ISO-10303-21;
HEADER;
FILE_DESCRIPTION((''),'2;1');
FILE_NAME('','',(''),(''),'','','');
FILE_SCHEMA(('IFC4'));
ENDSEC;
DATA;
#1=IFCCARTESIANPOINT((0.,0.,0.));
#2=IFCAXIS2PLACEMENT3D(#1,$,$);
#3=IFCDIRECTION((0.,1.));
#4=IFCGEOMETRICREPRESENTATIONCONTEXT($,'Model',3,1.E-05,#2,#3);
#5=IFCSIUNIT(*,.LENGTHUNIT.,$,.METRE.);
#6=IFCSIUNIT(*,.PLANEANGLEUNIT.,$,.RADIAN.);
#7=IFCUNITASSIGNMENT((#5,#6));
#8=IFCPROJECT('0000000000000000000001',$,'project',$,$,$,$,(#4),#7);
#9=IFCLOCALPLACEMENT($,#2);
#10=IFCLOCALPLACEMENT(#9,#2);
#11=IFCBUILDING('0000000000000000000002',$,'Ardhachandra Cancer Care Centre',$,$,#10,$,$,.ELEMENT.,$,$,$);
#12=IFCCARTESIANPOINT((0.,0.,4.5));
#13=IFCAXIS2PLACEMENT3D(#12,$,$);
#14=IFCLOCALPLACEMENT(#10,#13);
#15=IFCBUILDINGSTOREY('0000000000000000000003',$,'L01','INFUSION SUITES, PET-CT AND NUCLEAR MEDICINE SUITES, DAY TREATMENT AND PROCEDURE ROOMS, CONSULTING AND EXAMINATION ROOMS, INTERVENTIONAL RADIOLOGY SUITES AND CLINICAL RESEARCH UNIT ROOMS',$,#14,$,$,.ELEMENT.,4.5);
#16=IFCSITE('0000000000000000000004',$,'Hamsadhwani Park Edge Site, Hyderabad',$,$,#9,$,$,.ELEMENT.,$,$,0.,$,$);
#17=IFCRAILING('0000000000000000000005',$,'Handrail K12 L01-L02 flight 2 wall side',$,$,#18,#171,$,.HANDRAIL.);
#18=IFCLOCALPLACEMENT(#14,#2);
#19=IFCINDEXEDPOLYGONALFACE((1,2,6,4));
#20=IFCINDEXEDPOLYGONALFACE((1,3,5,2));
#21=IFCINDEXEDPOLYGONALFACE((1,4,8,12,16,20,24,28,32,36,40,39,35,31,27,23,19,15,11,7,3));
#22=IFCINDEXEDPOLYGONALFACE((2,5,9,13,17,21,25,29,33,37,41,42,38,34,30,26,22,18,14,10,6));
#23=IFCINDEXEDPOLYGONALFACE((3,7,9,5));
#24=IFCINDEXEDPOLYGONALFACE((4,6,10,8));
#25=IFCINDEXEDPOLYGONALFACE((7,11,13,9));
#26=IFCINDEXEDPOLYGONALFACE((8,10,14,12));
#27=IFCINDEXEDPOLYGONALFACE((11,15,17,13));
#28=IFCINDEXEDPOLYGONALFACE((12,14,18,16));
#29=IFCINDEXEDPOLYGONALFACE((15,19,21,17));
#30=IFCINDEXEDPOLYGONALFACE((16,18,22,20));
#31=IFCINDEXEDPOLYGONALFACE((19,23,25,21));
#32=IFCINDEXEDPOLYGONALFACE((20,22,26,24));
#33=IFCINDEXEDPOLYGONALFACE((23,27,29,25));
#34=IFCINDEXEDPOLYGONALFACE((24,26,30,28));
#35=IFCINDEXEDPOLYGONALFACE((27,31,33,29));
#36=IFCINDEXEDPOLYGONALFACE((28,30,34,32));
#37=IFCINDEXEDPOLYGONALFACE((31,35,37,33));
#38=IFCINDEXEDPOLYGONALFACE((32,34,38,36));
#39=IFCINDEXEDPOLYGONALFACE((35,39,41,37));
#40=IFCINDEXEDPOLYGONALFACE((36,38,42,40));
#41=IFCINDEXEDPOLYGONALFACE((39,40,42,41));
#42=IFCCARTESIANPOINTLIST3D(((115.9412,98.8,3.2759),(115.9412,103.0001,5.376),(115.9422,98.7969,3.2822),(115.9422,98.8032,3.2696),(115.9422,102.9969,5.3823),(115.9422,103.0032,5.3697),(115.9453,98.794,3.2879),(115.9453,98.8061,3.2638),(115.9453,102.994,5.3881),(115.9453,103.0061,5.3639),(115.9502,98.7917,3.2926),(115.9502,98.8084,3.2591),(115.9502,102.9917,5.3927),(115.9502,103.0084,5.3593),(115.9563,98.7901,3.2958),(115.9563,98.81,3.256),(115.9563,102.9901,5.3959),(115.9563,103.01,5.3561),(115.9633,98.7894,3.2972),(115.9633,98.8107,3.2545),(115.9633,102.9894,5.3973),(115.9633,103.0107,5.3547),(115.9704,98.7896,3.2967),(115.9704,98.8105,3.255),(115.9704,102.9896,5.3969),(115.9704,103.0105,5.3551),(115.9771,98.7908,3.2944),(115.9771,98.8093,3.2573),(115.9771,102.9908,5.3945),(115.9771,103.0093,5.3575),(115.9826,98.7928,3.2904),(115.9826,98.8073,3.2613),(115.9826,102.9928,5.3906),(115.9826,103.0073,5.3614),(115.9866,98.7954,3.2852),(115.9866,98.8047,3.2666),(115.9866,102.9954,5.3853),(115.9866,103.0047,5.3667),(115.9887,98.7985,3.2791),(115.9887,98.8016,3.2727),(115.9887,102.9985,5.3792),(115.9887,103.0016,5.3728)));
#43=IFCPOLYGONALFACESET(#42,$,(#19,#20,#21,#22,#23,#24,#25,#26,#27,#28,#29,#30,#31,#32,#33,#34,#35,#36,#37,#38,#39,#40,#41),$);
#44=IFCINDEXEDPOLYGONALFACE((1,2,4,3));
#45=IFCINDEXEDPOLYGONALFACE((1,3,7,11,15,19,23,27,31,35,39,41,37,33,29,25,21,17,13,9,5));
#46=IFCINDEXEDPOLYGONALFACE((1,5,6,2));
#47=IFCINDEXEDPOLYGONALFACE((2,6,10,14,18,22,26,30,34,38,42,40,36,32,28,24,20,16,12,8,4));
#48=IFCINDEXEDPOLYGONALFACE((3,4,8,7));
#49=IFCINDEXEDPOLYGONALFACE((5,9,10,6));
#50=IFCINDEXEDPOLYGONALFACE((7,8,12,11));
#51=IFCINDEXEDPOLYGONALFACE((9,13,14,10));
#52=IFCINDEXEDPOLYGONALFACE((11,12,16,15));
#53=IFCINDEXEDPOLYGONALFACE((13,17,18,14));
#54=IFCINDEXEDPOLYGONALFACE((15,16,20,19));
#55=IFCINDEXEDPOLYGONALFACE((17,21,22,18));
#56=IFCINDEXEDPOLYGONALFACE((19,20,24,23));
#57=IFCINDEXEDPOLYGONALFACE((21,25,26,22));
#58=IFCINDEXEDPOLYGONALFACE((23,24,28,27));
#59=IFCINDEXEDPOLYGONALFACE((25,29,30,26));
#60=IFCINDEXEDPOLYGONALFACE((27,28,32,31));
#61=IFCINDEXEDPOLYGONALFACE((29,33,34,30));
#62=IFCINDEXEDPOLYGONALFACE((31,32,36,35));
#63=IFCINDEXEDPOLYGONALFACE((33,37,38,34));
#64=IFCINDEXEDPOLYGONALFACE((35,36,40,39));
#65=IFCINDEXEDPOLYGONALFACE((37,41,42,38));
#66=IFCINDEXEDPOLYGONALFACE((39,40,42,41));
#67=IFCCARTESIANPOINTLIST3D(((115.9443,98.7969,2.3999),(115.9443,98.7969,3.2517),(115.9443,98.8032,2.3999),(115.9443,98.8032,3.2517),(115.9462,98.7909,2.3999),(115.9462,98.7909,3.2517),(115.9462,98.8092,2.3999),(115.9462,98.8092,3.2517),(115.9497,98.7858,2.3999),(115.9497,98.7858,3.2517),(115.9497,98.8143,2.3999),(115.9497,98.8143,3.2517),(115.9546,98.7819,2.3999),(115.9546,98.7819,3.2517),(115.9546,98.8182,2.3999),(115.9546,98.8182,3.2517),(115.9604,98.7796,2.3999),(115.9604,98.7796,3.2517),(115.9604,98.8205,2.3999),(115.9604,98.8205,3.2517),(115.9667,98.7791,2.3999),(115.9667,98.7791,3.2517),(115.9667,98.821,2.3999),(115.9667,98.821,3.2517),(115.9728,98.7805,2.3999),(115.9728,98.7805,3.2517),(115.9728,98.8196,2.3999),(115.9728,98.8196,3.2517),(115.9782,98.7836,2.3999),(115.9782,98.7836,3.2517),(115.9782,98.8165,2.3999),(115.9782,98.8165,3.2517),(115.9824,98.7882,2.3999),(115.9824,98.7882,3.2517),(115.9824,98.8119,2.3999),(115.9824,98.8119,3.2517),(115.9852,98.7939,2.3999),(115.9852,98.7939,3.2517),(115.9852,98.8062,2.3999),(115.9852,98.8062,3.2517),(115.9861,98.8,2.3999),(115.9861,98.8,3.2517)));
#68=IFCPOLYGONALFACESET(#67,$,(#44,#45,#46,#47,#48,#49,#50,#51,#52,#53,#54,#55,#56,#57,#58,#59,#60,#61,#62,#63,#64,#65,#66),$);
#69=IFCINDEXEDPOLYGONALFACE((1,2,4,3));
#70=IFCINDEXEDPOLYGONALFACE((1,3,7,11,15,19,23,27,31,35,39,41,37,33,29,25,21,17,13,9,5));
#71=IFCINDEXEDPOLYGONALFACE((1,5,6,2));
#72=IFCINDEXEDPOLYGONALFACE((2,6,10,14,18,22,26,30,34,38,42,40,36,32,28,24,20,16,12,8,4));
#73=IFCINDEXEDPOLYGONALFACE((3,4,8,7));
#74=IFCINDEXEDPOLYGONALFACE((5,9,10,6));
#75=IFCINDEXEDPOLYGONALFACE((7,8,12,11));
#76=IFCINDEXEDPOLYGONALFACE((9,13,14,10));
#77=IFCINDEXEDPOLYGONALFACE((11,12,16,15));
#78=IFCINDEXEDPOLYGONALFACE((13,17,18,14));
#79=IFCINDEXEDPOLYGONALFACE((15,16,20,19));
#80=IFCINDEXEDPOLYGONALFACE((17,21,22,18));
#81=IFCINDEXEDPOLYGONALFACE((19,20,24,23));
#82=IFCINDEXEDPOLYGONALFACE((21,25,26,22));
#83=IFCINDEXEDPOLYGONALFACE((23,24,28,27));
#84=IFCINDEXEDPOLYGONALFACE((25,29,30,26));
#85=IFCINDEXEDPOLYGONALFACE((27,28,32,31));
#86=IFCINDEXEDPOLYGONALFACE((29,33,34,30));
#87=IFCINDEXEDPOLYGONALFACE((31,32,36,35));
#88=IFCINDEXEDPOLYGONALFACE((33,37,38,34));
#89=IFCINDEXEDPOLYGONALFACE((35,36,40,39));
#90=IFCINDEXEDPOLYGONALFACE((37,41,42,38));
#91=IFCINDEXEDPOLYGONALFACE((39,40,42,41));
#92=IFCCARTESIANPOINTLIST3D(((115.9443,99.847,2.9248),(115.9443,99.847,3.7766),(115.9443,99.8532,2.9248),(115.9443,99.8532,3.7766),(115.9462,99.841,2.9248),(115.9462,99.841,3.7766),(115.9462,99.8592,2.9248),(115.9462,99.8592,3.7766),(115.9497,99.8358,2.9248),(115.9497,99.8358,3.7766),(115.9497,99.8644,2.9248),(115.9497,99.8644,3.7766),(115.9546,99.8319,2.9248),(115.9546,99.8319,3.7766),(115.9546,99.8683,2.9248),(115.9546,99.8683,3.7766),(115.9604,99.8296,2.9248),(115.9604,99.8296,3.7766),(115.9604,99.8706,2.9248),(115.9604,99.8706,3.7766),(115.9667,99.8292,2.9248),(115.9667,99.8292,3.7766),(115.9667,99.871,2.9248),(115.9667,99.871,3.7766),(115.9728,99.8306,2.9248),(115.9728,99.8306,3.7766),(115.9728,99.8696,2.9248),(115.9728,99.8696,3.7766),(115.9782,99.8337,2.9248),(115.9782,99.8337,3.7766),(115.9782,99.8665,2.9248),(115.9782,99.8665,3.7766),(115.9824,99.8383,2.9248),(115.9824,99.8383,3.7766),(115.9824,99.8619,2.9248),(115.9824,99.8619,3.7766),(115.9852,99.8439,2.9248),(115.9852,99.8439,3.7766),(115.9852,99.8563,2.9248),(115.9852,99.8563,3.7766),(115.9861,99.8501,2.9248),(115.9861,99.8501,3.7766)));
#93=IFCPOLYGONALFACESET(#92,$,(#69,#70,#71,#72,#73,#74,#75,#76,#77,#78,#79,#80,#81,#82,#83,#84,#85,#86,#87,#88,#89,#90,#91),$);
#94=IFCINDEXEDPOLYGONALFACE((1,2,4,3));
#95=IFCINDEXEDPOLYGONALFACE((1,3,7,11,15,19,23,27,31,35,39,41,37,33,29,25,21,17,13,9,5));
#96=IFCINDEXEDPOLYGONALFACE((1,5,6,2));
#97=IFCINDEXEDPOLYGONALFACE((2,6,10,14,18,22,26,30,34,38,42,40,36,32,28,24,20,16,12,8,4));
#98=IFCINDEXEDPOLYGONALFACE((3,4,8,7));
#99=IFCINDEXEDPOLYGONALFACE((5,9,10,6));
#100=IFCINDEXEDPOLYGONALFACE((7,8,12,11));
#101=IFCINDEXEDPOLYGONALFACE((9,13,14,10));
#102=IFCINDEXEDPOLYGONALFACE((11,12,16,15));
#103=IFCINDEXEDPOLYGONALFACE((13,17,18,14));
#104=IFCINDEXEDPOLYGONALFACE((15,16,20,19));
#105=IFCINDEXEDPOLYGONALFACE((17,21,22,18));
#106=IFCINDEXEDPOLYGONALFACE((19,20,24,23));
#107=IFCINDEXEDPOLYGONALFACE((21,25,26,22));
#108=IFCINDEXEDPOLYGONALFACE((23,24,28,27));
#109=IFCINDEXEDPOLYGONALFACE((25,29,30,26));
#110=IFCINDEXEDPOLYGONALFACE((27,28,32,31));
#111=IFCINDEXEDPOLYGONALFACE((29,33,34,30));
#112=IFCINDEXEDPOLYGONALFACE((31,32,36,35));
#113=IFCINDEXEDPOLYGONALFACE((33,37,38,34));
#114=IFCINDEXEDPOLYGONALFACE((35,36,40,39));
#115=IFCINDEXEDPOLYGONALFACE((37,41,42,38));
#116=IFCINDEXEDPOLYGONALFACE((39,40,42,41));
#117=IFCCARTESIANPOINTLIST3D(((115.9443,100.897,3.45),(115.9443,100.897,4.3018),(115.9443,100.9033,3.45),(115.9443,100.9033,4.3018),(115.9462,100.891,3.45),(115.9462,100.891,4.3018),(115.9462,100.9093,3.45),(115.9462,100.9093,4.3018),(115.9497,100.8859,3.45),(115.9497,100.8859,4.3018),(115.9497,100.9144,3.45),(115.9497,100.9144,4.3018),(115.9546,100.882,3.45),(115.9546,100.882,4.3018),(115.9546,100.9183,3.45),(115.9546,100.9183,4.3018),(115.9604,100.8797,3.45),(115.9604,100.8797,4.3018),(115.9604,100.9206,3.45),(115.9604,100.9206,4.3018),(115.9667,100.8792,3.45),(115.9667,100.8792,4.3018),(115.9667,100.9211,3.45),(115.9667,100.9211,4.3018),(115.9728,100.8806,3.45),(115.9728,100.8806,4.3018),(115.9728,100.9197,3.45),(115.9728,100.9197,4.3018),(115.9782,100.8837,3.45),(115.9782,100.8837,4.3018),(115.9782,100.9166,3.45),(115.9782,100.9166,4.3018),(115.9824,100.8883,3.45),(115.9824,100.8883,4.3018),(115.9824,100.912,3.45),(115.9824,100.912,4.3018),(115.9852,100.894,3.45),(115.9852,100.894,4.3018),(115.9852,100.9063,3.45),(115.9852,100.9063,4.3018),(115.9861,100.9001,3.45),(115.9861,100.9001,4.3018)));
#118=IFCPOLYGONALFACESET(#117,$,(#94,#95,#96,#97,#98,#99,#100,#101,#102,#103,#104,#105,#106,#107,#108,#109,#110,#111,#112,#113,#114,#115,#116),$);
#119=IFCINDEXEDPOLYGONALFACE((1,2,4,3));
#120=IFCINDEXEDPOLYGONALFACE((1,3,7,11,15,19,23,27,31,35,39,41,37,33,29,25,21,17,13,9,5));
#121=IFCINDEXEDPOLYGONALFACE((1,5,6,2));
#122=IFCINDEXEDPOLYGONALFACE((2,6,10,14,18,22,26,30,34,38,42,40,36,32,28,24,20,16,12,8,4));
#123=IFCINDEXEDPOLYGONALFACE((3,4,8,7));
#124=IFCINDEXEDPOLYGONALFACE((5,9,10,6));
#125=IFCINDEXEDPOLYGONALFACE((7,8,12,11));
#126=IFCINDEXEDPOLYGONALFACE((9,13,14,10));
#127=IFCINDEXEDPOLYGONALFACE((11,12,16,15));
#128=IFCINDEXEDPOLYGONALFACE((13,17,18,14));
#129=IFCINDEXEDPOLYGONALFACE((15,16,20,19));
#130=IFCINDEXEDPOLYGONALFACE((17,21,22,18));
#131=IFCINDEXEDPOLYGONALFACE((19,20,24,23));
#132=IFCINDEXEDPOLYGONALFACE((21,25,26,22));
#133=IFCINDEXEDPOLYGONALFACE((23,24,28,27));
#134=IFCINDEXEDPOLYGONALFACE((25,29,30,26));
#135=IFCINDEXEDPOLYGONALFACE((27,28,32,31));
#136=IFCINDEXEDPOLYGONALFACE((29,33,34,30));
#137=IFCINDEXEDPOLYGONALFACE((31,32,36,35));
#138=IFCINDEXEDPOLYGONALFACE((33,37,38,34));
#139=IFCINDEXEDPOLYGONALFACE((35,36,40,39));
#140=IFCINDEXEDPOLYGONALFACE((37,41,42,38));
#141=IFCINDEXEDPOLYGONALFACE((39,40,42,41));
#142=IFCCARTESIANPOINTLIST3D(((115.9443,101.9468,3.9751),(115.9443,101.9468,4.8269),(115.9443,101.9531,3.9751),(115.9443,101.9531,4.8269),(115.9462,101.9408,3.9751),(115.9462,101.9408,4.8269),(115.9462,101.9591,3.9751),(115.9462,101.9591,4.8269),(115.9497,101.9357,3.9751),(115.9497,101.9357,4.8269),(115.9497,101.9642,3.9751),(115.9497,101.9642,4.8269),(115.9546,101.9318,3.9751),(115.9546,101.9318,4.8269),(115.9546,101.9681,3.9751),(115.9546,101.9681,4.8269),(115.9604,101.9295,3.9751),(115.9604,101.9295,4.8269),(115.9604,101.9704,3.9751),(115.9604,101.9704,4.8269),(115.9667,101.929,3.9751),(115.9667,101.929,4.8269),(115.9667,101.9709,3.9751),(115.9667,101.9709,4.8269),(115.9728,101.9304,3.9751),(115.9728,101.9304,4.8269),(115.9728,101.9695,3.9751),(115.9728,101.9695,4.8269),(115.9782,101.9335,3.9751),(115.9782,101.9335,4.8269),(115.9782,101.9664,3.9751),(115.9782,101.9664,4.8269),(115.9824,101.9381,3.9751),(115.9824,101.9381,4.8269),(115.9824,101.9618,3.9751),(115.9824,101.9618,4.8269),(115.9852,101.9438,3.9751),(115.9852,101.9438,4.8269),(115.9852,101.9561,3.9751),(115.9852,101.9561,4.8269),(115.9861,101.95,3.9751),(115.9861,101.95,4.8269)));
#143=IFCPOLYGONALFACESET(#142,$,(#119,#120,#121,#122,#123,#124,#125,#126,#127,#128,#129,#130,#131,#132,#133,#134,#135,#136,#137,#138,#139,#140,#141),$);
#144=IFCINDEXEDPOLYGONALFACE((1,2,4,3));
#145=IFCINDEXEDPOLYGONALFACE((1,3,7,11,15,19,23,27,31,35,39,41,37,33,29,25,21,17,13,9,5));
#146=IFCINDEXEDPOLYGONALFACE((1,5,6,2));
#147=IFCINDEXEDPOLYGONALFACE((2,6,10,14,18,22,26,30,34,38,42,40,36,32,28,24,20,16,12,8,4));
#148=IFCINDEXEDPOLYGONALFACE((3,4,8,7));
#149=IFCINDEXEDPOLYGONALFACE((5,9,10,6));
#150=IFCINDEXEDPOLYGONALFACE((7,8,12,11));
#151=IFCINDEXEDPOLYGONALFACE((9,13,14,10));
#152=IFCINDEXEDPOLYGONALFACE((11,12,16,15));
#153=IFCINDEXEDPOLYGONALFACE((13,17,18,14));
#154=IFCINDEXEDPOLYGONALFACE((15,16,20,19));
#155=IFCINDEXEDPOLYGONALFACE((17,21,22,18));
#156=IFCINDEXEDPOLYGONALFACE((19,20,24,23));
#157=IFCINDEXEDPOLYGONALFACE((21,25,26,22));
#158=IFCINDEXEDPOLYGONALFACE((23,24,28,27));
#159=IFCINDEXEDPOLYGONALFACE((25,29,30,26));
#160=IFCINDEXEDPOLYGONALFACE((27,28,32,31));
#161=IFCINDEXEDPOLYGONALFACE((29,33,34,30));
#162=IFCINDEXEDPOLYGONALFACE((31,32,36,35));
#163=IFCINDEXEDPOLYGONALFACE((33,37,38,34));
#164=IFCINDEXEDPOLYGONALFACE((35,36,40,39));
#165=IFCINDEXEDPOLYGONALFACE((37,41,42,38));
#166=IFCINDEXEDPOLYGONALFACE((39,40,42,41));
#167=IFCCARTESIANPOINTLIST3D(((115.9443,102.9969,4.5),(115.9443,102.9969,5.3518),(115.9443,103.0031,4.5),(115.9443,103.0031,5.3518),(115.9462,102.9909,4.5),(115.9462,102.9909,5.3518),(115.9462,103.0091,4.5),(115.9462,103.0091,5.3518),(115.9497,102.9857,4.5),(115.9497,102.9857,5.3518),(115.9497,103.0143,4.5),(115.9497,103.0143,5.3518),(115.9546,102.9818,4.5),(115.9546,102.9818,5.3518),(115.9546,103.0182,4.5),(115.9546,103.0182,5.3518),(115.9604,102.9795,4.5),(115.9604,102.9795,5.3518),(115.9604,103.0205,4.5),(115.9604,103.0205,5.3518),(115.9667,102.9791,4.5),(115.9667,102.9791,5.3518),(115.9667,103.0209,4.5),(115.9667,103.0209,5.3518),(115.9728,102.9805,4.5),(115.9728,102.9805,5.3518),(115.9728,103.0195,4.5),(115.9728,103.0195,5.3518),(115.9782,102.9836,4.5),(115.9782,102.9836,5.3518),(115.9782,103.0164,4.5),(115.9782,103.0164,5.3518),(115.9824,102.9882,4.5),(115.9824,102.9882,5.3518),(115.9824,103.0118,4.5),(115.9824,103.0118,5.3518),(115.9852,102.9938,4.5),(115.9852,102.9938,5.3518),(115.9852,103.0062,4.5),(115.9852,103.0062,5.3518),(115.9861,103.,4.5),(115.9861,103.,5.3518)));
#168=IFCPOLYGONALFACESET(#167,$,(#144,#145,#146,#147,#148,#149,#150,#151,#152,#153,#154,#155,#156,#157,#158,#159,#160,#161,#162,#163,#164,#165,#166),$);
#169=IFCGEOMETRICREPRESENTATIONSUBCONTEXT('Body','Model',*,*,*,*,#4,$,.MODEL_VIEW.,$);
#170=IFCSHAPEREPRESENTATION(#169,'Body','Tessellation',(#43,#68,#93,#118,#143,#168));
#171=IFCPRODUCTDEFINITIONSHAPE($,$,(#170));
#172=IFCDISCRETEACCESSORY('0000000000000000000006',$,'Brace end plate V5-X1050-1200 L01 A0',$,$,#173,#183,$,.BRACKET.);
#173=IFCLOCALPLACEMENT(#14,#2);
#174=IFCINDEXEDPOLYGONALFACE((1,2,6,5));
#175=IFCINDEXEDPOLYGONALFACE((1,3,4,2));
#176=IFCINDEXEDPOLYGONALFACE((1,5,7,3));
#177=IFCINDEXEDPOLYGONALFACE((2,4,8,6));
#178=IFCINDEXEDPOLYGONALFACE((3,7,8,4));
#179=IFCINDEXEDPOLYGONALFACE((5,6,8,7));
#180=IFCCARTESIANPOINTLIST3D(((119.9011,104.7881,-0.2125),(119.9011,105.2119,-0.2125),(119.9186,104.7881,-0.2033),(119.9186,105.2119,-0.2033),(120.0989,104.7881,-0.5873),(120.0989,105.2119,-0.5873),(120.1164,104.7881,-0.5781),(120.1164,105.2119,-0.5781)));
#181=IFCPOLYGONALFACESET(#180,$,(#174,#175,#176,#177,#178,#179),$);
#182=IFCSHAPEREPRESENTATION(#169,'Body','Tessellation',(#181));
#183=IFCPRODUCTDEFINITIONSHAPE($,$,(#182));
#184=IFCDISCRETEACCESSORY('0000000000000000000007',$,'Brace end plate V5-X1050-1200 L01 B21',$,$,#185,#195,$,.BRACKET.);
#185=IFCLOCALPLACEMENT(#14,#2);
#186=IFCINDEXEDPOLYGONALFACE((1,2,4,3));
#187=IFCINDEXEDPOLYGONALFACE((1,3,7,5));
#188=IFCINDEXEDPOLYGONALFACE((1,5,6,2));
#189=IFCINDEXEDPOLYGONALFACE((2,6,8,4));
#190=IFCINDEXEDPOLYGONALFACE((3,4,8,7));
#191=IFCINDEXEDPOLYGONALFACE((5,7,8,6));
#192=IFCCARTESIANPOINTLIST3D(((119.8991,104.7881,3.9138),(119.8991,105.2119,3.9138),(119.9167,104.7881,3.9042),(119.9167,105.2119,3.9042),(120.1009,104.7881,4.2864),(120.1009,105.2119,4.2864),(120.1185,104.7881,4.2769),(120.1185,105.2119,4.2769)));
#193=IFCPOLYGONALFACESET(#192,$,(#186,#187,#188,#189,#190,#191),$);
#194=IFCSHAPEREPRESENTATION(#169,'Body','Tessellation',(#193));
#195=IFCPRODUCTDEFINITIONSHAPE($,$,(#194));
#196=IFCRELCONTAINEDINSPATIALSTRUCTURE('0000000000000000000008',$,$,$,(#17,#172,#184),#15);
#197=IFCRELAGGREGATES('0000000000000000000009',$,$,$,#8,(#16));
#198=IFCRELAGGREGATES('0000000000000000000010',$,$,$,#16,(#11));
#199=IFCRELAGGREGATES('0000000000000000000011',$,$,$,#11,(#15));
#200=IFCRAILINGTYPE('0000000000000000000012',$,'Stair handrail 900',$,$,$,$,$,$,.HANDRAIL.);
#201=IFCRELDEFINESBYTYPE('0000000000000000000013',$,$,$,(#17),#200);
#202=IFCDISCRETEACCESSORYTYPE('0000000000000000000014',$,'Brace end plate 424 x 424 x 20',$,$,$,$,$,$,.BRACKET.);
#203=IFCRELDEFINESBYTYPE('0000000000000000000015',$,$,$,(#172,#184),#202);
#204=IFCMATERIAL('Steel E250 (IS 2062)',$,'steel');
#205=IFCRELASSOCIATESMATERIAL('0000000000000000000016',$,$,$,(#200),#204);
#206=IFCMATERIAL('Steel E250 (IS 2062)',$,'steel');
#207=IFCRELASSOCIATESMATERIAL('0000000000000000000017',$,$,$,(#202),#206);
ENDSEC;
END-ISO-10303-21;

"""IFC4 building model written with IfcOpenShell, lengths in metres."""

from ifc_helpers import new_model, si_unit, direction, frame, origin, origin_2d, place, context, subcontext, project, spatial, rectangle, circle, extrude, material, material_profile, profile_set, type_object, element, save


model = new_model("IFC4")

# Units and contexts
model_context = context("Model", 3, precision=1e-05, world=origin(), true_north=direction((0.0, 1.0)))
body_context = subcontext(model_context, "Body", "Model", "MODEL_VIEW")
ifc_project = project(units=[si_unit("LENGTHUNIT", "METRE"), si_unit("PLANEANGLEUNIT", "RADIAN")], contexts=[model_context])

# Site, building, storey
site_placement = place(None, origin())
site = spatial("IfcSite", under=ifc_project, at=site_placement, Name="Hamsadhwani Park Edge Site, Hyderabad", CompositionType="ELEMENT", RefElevation=0.0)
building_placement = place(site_placement, origin())
building = spatial("IfcBuilding", under=site, at=building_placement, Name="Ardhachandra Cancer Care Centre", CompositionType="ELEMENT")
storey_placement = place(building_placement, frame((0.0, 0.0, 4.5)))
storey = spatial("IfcBuildingStorey", under=building, at=storey_placement, Name="L01", Description="INFUSION SUITES, PET-CT AND NUCLEAR MEDICINE SUITES, DAY TREATMENT AND PROCEDURE ROOMS, CONSULTING AND EXAMINATION ROOMS, INTERVENTIONAL RADIOLOGY SUITES AND CLINICAL RESEARCH UNIT ROOMS", CompositionType="ELEMENT", Elevation=4.5)

# Railing
ifc_material_1 = material(Name="Steel E250 (IS 2062)", Category="steel")
railing_type_1 = type_object("IfcRailingType", Name="Stair handrail 900", PredefinedType="HANDRAIL", material=ifc_material_1)
railing_1_placement = place(storey_placement, frame((115.9651, 98.8, 2.3999)))
element("IfcRailing", 1, at=railing_1_placement, inside=storey, type_object=railing_type_1, Name="Handrail K12 L01-L02 flight 2 wall side", PredefinedType="HANDRAIL", context=body_context, shape_type="SweptSolid", body=[
    extrude(circle(Radius=0.0239, at=origin_2d()), frame((0.0, 0.0, 0.876), z_axis=(0.0, 0.894417, 0.447234), x_axis=(-1.0, 0.0, 0.0)), (0.0, 0.0, 1.0), 4.6958),
    extrude(circle(Radius=0.021, at=origin_2d()), origin(), (0.0, 0.0, 1.0), 0.8518),
    extrude(circle(Radius=0.021, at=origin_2d()), frame((0.0, 1.05, 0.5249)), (0.0, 0.0, 1.0), 0.8518),
    extrude(circle(Radius=0.021, at=origin_2d()), frame((0.0, 2.1001, 1.05)), (0.0, 0.0, 1.0), 0.8518),
    extrude(circle(Radius=0.021, at=origin_2d()), frame((0.0, 3.1499, 1.5752)), (0.0, 0.0, 1.0), 0.8518),
    extrude(circle(Radius=0.021, at=origin_2d()), frame((0.0, 4.2, 2.1001)), (0.0, 0.0, 1.0), 0.8518),
])

# Discrete accessories
ifc_material_2 = material(Name="Steel E250 (IS 2062)", Category="steel")
ifc_material_profile_1 = material_profile(ifc_material_2, rectangle(XDim=0.4238, YDim=0.4238, at=origin_2d()), Name="PL 424x424x20")
ifc_profile_set_1 = profile_set([ifc_material_profile_1], Name="Steel E250 (IS 2062)")
discrete_accessory_type = type_object("IfcDiscreteAccessoryType", Name="Brace end plate 424 x 424 x 20", PredefinedType="BRACKET", material=ifc_profile_set_1)
discrete_accessory_1_placement = place(storey_placement, frame((120.0, 105.0, -0.3999), z_axis=(0.884385, 0.0, 0.466759), x_axis=(0.0, 1.0, 0.0)))
element("IfcDiscreteAccessory", 2, at=discrete_accessory_1_placement, inside=storey, type_object=discrete_accessory_type, Name="Brace end plate V5-X1050-1200 L01 A0", PredefinedType="BRACKET", context=body_context, shape_type="SweptSolid", body=[
    extrude(rectangle(XDim=0.4238, YDim=0.4238, at=origin_2d()), origin(), (0.0, 0.0, 1.0), 0.0198),
])
discrete_accessory_2_placement = place(storey_placement, frame((120.0, 105.0, 4.1001), z_axis=(0.879292, 0.0, -0.476283), x_axis=(0.0, 1.0, 0.0)))
element("IfcDiscreteAccessory", 3, at=discrete_accessory_2_placement, inside=storey, type_object=discrete_accessory_type, Name="Brace end plate V5-X1050-1200 L01 B21", PredefinedType="BRACKET", context=body_context, shape_type="SweptSolid", body=[
    extrude(rectangle(XDim=0.4238, YDim=0.4238, at=origin_2d()), origin(), (0.0, 0.0, 1.0), 0.02),
])

save(model, "model.ifc")
